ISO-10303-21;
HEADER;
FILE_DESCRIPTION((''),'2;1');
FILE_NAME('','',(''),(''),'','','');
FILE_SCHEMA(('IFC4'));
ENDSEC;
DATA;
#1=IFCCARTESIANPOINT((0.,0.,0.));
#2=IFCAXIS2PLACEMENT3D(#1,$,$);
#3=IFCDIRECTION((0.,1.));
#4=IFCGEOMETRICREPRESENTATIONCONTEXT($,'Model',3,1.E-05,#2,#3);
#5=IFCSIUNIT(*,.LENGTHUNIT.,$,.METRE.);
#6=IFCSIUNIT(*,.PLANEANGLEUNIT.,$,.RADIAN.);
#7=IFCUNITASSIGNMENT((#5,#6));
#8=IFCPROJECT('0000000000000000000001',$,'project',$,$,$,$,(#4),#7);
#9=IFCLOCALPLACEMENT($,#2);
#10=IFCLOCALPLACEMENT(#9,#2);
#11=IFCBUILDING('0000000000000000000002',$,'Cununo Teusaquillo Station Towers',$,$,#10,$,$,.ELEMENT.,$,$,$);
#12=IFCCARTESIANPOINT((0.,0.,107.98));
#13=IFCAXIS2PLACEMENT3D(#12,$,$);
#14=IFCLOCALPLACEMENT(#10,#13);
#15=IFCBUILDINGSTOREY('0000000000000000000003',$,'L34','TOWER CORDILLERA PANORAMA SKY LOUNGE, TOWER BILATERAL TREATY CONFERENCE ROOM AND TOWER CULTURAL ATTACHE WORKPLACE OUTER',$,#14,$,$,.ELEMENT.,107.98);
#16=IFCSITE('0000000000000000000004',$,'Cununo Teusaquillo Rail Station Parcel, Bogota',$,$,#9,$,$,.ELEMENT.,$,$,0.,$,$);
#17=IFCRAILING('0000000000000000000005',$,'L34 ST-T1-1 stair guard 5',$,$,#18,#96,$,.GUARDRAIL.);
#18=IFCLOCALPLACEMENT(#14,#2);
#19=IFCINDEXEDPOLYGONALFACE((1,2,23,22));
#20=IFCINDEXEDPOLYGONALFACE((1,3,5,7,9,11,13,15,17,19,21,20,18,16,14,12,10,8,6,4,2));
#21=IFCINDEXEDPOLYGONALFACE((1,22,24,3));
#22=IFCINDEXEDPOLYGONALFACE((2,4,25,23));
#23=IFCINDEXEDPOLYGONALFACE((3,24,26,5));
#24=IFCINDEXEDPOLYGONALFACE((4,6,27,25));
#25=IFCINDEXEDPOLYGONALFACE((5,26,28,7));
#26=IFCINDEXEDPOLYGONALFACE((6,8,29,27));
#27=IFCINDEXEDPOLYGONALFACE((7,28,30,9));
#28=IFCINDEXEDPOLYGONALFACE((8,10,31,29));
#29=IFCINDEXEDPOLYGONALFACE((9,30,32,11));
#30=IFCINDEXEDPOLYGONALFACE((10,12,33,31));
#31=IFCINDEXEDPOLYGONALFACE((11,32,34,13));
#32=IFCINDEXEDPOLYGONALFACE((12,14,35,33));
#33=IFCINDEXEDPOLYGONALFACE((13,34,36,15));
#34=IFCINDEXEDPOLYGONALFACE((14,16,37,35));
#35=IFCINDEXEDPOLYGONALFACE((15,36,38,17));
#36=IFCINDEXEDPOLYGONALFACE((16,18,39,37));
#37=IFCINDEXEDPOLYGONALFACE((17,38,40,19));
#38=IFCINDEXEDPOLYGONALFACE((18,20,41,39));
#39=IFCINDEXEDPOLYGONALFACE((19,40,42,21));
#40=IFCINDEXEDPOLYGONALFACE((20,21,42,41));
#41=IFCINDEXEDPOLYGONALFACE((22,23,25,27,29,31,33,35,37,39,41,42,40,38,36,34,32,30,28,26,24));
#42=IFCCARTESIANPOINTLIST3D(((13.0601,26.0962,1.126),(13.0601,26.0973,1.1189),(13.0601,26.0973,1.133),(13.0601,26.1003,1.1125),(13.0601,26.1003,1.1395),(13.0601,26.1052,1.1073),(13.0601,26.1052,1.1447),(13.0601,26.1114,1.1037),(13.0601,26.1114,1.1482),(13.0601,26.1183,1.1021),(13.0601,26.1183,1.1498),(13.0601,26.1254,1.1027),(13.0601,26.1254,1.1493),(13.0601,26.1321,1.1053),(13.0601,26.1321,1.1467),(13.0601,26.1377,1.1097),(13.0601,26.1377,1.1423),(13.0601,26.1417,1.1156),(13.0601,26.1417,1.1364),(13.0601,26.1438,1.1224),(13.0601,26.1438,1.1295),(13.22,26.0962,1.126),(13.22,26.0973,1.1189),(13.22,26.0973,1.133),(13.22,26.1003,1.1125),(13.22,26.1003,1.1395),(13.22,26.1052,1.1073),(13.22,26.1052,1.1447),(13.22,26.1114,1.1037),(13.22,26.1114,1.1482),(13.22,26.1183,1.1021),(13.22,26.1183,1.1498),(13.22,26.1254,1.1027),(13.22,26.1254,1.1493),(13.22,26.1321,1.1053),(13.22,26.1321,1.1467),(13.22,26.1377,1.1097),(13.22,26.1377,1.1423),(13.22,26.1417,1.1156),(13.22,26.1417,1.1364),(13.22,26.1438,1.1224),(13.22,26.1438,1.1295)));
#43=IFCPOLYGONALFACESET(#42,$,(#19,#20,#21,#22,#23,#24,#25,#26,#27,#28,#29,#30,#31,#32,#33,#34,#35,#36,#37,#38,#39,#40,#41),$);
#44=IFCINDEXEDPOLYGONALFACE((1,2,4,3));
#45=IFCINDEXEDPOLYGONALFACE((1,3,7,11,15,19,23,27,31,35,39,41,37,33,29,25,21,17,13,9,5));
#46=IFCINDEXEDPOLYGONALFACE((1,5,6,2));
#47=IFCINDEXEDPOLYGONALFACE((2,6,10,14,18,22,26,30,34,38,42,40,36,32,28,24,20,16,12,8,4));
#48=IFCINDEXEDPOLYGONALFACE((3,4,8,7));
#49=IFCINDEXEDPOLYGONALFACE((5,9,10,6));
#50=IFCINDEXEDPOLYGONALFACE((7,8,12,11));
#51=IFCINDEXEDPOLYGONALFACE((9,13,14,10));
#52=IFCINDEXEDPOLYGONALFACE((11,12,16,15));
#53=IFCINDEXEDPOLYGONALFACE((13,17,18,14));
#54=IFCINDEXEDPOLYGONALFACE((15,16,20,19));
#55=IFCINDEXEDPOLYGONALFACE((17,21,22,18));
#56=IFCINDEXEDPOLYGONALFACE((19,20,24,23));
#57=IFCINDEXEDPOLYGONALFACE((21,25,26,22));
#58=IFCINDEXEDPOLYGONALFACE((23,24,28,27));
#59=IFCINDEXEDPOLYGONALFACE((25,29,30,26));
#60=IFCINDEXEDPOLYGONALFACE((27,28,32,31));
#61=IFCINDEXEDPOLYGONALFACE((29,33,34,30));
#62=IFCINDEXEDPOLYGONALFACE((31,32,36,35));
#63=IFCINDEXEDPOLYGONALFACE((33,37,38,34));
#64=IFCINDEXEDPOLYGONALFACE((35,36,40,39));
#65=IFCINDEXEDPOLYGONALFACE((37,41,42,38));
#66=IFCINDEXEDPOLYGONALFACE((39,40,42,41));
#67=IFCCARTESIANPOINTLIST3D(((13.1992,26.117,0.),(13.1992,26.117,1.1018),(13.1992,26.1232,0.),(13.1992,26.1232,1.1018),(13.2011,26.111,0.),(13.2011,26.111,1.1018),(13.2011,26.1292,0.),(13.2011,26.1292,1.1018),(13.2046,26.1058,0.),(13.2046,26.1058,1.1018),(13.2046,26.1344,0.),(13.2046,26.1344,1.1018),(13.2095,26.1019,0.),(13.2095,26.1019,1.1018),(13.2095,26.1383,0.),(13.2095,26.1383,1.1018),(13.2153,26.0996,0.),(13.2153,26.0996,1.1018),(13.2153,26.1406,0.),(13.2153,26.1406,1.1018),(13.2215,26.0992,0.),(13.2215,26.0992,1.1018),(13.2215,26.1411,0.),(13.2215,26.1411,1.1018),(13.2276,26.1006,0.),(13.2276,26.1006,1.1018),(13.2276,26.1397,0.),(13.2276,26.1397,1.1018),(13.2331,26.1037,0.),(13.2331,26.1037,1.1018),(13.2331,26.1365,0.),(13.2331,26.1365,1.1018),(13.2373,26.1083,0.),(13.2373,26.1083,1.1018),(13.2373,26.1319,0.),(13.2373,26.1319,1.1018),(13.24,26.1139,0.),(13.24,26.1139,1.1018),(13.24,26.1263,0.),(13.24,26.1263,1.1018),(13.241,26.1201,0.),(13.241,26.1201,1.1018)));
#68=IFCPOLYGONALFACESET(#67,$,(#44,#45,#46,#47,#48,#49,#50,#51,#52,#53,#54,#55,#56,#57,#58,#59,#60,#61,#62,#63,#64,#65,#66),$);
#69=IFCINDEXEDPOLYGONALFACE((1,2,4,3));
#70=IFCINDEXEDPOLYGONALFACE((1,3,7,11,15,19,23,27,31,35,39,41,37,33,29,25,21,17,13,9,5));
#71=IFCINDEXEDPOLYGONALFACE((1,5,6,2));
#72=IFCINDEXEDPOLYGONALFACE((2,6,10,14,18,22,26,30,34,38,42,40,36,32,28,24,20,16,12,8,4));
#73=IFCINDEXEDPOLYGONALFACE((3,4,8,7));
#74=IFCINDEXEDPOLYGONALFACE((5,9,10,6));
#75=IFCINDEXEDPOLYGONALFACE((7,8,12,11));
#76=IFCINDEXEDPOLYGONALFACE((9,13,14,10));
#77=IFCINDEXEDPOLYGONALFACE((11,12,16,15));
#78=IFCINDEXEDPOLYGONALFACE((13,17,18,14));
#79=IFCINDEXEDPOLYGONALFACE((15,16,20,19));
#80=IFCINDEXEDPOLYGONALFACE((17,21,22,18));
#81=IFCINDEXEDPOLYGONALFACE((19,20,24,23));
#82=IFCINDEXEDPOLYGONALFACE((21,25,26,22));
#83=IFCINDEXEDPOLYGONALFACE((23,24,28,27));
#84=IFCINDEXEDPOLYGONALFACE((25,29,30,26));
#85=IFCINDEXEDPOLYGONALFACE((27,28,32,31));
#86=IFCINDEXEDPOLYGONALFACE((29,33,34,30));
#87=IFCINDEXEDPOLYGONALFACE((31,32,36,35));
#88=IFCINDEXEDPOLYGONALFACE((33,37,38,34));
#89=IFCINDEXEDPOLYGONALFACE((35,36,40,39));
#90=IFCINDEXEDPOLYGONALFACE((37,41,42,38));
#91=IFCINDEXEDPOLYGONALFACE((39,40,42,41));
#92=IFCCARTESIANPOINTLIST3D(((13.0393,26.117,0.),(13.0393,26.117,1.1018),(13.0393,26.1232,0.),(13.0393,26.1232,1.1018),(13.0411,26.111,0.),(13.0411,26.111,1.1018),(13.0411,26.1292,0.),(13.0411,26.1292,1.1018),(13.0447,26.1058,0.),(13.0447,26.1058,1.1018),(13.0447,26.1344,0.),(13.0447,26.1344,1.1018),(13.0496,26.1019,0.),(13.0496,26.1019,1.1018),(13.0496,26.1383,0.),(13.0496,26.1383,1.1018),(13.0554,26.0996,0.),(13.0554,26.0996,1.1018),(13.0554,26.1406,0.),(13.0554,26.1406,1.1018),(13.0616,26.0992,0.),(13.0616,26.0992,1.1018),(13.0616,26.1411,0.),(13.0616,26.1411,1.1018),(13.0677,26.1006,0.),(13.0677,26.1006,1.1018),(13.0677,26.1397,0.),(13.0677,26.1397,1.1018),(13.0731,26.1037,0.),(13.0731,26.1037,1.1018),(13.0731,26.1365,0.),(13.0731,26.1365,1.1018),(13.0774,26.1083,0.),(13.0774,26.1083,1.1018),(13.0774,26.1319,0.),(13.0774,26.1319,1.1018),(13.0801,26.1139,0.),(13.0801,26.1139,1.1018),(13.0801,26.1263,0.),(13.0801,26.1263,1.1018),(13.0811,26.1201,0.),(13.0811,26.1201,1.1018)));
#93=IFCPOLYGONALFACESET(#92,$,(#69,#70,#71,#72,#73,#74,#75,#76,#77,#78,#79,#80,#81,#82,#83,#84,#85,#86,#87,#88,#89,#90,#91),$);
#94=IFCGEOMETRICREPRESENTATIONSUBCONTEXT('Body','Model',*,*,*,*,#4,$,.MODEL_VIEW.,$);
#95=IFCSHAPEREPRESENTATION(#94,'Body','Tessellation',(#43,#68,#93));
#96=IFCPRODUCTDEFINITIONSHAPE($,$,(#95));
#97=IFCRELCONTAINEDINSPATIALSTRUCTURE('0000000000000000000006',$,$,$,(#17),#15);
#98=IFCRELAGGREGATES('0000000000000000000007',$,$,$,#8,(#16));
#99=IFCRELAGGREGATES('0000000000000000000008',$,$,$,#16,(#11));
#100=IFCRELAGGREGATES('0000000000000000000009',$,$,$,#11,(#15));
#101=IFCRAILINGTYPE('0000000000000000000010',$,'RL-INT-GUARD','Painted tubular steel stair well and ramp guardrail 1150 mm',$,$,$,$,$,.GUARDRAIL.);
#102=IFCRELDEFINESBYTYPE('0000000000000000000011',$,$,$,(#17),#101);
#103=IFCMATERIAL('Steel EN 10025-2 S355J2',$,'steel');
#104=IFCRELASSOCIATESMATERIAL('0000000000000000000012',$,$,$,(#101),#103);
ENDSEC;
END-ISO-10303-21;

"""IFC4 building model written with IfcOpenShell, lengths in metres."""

from ifc_helpers import new_model, si_unit, direction, frame, origin, origin_2d, place, context, subcontext, project, spatial, circle, extrude, material, type_object, element, save


model = new_model("IFC4")

# Units and contexts
model_context = context("Model", 3, precision=1e-05, world=origin(), true_north=direction((0.0, 1.0)))
body_context = subcontext(model_context, "Body", "Model", "MODEL_VIEW")
ifc_project = project(units=[si_unit("LENGTHUNIT", "METRE"), si_unit("PLANEANGLEUNIT", "RADIAN")], contexts=[model_context])

# Site, building, storey
site_placement = place(None, origin())
site = spatial("IfcSite", under=ifc_project, at=site_placement, Name="Cununo Teusaquillo Rail Station Parcel, Bogota", CompositionType="ELEMENT", RefElevation=0.0)
building_placement = place(site_placement, origin())
building = spatial("IfcBuilding", under=site, at=building_placement, Name="Cununo Teusaquillo Station Towers", CompositionType="ELEMENT")
storey_placement = place(building_placement, frame((0.0, 0.0, 107.98)))
storey = spatial("IfcBuildingStorey", under=building, at=storey_placement, Name="L34", Description="TOWER CORDILLERA PANORAMA SKY LOUNGE, TOWER BILATERAL TREATY CONFERENCE ROOM AND TOWER CULTURAL ATTACHE WORKPLACE OUTER", CompositionType="ELEMENT", Elevation=107.98)

# Railing
ifc_material_1 = material(Name="Steel EN 10025-2 S355J2", Category="steel")
railing_type_1 = type_object("IfcRailingType", Name="RL-INT-GUARD", Description="Painted tubular steel stair well and ramp guardrail 1150 mm", PredefinedType="GUARDRAIL", material=ifc_material_1)
railing_1_placement = place(storey_placement, frame((13.22, 26.1201, 0.0)))
element("IfcRailing", 1, at=railing_1_placement, inside=storey, type_object=railing_type_1, Name="L34 ST-T1-1 stair guard 5", PredefinedType="GUARDRAIL", context=body_context, shape_type="SweptSolid", body=[
    extrude(circle(Radius=0.0239, at=origin_2d()), frame((0.0, 0.0, 1.126), z_axis=(-1.0, 0.0, 0.0), x_axis=(0.0, -1.0, 0.0)), (0.0, 0.0, 1.0), 0.1599),
    extrude(circle(Radius=0.021, at=origin_2d()), origin(), (0.0, 0.0, 1.0), 1.1018),
    extrude(circle(Radius=0.021, at=origin_2d()), frame((-0.1599, 0.0, 0.0)), (0.0, 0.0, 1.0), 1.1018),
])

save(model, "model.ifc")
